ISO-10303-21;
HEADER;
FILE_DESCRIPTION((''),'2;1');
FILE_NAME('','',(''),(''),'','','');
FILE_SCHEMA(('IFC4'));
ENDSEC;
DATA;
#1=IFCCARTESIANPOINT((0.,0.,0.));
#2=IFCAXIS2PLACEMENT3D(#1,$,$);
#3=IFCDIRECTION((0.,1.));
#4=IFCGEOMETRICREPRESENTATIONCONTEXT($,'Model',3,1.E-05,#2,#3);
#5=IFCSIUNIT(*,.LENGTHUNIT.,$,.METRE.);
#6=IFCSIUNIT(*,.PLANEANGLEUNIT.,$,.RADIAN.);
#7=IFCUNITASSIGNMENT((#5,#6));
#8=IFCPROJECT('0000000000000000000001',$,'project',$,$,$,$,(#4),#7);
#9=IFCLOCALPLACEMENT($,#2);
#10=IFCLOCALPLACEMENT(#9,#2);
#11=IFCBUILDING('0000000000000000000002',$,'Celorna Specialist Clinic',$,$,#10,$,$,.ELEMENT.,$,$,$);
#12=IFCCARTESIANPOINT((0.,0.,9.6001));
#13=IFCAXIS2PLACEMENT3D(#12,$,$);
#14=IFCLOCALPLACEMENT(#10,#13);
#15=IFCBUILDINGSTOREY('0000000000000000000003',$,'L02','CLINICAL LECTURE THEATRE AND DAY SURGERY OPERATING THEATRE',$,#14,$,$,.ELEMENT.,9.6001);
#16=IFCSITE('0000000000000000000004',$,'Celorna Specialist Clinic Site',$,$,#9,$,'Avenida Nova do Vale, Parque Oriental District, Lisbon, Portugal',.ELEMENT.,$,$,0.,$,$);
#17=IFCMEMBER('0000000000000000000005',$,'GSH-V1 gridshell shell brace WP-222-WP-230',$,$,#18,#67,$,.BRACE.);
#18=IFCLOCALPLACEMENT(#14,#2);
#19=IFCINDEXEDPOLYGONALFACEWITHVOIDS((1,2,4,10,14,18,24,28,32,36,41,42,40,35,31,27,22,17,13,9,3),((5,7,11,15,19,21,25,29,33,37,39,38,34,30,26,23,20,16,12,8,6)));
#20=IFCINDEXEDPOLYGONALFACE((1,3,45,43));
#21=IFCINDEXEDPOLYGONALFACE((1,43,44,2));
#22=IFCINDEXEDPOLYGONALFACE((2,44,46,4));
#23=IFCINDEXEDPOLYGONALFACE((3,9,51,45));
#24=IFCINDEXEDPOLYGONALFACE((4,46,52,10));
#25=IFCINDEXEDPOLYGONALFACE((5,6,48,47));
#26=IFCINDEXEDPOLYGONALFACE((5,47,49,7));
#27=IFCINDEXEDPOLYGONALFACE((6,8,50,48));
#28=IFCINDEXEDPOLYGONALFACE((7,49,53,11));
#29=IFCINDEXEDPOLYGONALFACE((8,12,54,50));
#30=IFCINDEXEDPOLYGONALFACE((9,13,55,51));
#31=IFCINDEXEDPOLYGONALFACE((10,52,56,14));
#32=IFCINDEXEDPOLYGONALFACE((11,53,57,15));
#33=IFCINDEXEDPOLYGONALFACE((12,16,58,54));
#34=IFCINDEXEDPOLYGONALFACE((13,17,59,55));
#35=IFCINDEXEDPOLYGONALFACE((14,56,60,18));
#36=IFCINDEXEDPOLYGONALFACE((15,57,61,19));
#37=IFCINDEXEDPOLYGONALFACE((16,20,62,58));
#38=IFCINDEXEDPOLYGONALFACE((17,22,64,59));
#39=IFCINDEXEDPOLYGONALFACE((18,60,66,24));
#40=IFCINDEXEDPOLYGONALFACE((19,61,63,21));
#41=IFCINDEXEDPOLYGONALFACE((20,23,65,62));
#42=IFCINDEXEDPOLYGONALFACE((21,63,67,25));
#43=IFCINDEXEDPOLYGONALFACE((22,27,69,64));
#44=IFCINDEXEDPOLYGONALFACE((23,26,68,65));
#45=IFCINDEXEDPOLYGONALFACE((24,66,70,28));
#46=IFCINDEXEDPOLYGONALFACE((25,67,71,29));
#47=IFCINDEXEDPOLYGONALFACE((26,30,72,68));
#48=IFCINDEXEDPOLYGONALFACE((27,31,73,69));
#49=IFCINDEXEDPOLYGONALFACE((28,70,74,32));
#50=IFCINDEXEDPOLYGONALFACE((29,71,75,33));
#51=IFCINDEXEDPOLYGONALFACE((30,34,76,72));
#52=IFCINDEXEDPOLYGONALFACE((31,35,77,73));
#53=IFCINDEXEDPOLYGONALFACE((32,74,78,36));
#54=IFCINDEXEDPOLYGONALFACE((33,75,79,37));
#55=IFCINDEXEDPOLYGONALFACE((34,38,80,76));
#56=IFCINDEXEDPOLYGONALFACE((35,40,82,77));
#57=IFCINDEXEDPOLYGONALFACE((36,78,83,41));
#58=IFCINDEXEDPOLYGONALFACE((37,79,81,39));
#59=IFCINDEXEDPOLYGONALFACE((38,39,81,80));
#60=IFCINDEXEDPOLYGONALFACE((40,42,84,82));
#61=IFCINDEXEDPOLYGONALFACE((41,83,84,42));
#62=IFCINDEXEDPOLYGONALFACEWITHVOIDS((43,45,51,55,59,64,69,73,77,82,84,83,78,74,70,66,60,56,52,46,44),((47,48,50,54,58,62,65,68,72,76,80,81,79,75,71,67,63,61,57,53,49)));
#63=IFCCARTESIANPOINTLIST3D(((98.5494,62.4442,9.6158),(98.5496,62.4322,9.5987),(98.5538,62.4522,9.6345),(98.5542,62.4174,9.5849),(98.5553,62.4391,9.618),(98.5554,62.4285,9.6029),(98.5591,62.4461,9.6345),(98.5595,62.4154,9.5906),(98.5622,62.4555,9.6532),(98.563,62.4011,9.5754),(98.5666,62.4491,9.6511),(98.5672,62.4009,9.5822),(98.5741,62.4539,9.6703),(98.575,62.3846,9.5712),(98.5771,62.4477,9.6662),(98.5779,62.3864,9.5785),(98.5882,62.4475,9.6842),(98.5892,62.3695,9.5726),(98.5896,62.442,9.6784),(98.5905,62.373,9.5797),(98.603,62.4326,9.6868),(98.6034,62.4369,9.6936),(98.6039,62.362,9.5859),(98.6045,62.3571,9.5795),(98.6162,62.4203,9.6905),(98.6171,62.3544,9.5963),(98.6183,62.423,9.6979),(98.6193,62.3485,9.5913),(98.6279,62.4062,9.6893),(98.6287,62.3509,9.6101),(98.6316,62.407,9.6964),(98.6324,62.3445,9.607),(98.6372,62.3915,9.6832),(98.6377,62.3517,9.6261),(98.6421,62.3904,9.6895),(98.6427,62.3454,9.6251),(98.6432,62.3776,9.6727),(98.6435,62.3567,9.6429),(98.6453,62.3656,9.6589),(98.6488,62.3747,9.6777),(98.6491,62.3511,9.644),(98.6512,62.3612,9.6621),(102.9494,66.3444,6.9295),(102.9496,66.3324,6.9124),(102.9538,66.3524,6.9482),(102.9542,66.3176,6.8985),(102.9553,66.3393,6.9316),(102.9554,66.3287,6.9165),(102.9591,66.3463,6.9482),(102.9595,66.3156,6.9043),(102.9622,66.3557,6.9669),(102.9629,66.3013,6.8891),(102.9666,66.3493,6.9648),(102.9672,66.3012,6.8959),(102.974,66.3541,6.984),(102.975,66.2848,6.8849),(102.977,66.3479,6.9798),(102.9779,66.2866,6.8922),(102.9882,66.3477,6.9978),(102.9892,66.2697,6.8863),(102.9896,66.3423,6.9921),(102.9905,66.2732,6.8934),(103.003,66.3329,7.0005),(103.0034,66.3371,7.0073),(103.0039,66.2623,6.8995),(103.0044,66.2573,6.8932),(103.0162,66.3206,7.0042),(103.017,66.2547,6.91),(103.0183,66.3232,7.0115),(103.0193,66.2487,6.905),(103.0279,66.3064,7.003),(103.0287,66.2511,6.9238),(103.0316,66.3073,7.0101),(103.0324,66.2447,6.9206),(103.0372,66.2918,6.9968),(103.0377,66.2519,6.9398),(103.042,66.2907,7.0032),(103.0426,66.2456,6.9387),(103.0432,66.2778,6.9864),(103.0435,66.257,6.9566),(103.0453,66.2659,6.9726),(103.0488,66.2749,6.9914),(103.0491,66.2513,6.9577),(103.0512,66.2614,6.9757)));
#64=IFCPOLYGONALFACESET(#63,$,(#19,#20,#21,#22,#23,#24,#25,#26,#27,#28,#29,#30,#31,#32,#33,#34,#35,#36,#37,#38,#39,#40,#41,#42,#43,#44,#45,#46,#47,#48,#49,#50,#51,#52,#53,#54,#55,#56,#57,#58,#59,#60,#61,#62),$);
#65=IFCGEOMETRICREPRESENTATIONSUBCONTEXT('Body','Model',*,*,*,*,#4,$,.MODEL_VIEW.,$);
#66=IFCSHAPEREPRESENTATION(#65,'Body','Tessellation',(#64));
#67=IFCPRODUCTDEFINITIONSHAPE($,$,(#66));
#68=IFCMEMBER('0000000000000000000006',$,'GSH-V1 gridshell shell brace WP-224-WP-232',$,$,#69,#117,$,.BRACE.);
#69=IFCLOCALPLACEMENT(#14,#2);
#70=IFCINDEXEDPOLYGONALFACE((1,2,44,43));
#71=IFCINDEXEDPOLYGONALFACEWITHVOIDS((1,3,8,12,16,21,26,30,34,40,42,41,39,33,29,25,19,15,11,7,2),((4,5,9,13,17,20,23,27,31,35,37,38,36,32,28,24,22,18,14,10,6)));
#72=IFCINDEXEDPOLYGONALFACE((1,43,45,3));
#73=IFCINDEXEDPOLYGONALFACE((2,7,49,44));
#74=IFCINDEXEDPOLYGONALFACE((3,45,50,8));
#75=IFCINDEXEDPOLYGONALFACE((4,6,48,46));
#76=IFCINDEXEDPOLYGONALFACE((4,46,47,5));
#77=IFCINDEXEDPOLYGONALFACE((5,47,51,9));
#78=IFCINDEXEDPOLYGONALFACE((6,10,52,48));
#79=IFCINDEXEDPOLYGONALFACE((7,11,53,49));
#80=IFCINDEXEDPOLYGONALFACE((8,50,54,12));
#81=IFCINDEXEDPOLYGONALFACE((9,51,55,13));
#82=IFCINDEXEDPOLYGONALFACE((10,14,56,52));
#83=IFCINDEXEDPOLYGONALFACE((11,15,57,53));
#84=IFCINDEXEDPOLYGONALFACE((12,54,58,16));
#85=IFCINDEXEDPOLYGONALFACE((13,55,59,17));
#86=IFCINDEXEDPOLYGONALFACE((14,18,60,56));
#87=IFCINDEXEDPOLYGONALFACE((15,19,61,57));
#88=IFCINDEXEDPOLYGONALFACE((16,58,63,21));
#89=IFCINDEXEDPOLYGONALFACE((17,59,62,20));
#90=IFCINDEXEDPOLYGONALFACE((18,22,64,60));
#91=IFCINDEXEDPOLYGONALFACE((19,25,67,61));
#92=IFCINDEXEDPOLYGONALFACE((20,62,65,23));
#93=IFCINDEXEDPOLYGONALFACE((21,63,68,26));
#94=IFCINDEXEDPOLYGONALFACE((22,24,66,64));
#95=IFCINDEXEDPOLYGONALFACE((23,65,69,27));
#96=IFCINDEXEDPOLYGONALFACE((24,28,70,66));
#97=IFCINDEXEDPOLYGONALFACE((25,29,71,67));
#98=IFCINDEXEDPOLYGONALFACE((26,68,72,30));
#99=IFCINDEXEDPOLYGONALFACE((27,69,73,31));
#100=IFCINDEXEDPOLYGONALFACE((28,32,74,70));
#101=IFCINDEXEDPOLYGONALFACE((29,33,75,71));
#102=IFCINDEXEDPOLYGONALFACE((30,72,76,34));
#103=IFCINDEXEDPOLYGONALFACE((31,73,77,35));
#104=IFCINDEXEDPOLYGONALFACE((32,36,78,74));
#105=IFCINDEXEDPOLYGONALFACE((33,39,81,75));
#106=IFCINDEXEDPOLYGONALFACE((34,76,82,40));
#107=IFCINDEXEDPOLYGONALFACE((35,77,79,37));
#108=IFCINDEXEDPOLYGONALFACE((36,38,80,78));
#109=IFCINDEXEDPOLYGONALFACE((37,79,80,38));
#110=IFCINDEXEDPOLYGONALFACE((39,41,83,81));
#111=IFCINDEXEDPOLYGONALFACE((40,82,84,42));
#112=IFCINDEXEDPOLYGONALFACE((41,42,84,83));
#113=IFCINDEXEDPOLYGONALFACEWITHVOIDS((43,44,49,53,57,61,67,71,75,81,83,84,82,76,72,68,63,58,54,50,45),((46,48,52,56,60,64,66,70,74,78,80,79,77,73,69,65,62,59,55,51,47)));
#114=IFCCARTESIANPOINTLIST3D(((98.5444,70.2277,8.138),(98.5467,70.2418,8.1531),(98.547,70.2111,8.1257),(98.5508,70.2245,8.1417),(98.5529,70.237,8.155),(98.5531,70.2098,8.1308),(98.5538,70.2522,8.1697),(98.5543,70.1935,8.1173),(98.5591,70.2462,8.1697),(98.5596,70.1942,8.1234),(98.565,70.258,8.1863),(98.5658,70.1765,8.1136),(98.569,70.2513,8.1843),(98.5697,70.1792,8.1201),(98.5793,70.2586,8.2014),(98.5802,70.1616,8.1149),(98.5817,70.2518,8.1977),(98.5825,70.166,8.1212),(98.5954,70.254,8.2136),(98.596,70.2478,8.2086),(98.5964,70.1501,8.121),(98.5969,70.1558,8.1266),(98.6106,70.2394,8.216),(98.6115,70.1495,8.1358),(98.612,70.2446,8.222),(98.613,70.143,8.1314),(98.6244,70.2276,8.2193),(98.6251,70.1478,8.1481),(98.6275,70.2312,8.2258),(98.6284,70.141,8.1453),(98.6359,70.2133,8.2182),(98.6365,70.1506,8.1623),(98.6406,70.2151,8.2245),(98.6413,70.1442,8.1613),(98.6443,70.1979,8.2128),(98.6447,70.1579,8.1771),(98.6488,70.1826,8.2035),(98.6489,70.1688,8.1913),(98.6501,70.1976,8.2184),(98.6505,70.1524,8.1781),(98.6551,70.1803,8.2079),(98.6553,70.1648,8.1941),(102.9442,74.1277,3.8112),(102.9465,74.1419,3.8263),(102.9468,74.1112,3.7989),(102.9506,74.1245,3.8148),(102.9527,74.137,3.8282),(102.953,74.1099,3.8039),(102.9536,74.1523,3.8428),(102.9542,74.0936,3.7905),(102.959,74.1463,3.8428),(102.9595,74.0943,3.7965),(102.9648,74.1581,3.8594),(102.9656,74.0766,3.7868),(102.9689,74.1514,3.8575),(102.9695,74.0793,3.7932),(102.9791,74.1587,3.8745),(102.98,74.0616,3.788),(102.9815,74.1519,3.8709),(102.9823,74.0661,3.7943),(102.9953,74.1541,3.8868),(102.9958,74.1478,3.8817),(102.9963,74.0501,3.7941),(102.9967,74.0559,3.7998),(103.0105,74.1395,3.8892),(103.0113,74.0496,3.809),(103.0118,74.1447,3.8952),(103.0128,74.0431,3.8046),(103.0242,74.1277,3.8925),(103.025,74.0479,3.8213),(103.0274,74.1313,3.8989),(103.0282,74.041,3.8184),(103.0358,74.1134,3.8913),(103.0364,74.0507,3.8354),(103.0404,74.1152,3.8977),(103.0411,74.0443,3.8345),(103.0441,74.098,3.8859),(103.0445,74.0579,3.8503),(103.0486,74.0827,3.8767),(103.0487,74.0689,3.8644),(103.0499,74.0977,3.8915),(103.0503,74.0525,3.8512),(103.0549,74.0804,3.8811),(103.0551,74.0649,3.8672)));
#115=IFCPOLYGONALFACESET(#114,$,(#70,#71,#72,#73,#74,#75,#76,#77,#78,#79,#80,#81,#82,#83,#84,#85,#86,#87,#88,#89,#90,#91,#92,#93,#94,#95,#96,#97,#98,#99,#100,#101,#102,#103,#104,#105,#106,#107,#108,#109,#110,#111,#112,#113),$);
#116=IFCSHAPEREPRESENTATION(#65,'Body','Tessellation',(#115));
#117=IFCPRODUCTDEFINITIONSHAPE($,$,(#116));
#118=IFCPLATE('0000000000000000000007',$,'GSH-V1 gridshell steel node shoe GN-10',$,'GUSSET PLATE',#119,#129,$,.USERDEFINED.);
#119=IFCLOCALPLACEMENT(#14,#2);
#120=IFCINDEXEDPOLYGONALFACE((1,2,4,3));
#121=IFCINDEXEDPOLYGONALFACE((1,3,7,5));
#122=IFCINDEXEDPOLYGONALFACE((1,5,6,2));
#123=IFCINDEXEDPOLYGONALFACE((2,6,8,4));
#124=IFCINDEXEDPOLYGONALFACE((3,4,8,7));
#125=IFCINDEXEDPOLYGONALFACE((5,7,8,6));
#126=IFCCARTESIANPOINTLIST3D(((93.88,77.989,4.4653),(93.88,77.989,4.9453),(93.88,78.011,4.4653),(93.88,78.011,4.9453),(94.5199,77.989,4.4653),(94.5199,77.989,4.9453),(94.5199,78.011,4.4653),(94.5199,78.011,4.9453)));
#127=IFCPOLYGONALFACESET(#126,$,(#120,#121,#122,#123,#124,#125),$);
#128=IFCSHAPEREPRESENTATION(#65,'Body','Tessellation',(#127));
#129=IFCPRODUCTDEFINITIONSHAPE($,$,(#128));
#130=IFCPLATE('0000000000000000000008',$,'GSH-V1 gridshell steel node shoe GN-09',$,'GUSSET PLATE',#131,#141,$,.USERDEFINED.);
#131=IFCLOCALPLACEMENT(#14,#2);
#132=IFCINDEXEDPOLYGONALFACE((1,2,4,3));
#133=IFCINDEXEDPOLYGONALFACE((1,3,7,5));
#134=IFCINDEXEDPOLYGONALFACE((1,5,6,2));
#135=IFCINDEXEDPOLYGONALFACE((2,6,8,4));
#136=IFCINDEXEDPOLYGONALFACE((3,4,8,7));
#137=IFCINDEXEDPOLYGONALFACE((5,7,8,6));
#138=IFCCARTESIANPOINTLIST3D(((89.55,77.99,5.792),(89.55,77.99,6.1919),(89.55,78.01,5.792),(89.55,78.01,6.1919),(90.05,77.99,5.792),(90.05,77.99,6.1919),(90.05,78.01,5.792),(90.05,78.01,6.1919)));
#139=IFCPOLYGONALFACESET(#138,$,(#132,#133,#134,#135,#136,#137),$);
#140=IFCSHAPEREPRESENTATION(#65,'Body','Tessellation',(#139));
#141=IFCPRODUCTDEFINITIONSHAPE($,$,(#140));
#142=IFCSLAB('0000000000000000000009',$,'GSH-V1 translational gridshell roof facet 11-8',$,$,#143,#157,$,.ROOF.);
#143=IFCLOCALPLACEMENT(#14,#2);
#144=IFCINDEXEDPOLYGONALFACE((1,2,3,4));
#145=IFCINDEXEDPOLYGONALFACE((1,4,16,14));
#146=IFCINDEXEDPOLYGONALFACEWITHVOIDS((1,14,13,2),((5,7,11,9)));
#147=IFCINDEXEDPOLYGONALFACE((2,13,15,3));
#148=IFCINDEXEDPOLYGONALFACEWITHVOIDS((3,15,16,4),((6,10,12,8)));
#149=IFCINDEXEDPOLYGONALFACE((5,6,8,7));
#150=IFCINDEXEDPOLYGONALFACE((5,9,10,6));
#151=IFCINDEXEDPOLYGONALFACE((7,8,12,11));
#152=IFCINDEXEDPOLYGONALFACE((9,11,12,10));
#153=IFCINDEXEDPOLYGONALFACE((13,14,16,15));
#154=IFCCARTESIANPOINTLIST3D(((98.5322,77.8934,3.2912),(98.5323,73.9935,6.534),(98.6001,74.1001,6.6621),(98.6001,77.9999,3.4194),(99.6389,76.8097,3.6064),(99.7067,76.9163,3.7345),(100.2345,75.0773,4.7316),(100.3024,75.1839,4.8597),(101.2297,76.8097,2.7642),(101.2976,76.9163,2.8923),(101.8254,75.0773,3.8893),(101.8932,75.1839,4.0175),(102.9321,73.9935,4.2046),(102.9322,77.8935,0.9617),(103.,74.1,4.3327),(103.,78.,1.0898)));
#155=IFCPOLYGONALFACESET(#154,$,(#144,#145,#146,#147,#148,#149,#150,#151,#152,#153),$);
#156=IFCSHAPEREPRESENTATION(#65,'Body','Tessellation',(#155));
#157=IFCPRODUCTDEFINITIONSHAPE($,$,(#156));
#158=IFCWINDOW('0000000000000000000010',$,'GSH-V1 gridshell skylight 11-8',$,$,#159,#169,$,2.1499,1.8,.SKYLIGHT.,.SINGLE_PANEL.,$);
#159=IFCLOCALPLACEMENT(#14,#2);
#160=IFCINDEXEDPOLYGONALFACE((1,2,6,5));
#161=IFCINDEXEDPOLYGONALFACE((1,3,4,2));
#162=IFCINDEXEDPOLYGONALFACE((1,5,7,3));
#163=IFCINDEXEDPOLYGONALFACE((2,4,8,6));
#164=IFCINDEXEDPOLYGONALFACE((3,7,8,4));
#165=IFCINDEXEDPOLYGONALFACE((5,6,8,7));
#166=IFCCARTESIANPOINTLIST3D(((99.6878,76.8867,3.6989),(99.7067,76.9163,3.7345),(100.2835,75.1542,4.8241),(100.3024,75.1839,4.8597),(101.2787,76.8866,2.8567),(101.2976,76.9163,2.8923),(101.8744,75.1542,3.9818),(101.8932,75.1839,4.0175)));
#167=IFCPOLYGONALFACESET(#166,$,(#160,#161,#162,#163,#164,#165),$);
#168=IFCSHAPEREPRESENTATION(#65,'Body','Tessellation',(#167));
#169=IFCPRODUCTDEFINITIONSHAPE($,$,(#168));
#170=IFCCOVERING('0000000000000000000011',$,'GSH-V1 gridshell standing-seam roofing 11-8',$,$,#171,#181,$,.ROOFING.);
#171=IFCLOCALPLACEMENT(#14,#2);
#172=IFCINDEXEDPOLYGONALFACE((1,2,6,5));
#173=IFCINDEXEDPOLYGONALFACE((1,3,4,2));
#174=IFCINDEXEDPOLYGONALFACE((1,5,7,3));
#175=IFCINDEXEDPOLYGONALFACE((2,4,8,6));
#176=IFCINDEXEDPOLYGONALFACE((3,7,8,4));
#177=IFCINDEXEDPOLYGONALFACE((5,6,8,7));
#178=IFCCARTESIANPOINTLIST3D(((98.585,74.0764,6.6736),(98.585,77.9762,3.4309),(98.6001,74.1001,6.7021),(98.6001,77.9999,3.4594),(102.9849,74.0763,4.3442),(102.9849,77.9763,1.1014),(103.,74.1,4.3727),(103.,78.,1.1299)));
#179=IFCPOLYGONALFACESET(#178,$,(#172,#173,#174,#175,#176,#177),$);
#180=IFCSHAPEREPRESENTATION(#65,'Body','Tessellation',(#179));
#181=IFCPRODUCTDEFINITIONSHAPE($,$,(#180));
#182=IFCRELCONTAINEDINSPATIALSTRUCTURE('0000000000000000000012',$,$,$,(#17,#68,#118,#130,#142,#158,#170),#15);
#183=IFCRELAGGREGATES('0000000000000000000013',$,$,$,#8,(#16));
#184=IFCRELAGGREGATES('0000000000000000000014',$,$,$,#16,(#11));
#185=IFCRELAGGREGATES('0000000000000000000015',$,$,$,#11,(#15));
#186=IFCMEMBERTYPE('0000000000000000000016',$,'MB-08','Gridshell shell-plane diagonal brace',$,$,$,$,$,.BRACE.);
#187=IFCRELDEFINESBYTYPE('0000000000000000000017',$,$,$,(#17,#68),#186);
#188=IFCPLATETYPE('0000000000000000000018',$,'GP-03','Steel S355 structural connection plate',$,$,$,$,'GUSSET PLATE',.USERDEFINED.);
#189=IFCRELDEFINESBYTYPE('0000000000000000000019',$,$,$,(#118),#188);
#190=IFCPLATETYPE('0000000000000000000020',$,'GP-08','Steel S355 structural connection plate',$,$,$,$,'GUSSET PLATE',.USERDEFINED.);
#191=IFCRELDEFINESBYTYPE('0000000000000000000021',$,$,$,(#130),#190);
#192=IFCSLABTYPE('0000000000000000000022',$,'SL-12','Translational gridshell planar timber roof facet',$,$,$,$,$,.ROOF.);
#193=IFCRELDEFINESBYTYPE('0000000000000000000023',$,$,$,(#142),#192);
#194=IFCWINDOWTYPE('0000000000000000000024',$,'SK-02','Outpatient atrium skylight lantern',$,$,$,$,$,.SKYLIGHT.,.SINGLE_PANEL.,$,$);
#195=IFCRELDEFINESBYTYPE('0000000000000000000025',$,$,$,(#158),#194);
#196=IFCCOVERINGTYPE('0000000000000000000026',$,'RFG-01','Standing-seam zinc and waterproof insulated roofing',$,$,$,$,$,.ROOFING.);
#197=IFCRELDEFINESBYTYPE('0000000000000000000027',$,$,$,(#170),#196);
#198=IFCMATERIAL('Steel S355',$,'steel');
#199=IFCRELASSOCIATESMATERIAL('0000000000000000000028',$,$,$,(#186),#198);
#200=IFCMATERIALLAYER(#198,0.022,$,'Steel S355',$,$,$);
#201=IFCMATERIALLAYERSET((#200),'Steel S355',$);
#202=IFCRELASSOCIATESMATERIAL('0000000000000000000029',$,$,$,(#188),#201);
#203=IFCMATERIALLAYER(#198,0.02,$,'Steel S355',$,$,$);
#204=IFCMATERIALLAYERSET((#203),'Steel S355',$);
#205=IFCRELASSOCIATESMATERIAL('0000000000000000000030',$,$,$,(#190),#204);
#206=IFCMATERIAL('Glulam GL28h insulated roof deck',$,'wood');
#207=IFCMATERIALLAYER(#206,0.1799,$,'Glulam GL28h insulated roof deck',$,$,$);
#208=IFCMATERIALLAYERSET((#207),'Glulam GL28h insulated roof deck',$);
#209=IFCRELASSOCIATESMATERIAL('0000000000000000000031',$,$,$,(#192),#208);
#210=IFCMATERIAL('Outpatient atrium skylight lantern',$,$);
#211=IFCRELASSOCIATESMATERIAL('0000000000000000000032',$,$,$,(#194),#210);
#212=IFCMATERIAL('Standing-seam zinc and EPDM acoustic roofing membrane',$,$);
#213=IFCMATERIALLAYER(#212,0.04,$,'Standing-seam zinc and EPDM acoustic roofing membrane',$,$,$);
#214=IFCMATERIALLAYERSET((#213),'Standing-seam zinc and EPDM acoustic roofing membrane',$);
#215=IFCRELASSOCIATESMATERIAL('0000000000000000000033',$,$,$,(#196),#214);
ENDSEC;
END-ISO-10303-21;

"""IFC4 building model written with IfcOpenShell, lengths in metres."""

from ifc_helpers import new_model, si_unit, direction, frame, origin, origin_2d, place, context, subcontext, project, spatial, polyline, rectangle, hollow_circle, outline, extrude, material, layer, layer_set, material_profile, profile_set, type_object, element, fill, save


model = new_model("IFC4")

# Units and contexts
model_context = context("Model", 3, precision=1e-05, world=origin(), true_north=direction((0.0, 1.0)))
body_context = subcontext(model_context, "Body", "Model", "MODEL_VIEW")
ifc_project = project(units=[si_unit("LENGTHUNIT", "METRE"), si_unit("PLANEANGLEUNIT", "RADIAN")], contexts=[model_context])

# Site, building, storey
site_placement = place(None, origin())
site = spatial("IfcSite", under=ifc_project, at=site_placement, Name="Celorna Specialist Clinic Site", LongName="Avenida Nova do Vale, Parque Oriental District, Lisbon, Portugal", CompositionType="ELEMENT", RefElevation=0.0)
building_placement = place(site_placement, origin())
building = spatial("IfcBuilding", under=site, at=building_placement, Name="Celorna Specialist Clinic", CompositionType="ELEMENT")
storey_placement = place(building_placement, frame((0.0, 0.0, 9.6001)))
storey = spatial("IfcBuildingStorey", under=building, at=storey_placement, Name="L02", Description="CLINICAL LECTURE THEATRE AND DAY SURGERY OPERATING THEATRE", CompositionType="ELEMENT", Elevation=9.6001)

# Shared definitions
ifc_material_1 = material(Name="Steel S355", Category="steel")

# Members
ifc_material_profile_1 = material_profile(ifc_material_1, hollow_circle(Radius=0.0698, WallThickness=0.0081, at=origin_2d()), Name="CHS 139.7x8")
ifc_profile_set_1 = profile_set([ifc_material_profile_1], Name="Steel S355")
member_type_1 = type_object("IfcMemberType", Name="MB-08", Description="Gridshell shell-plane diagonal brace", PredefinedType="BRACE", material=ifc_profile_set_1)
member_1_placement = place(storey_placement, frame((98.6001, 62.3999, 9.6345), z_axis=(0.680653, 0.603342, -0.41556), x_axis=(-0.66333, 0.748327, 0.0)))
element("IfcMember", 1, at=member_1_placement, inside=storey, type_object=member_type_1, Name="GSH-V1 gridshell shell brace WP-222-WP-230", PredefinedType="BRACE", context=body_context, shape_type="SweptSolid", body=[
    extrude(hollow_circle(Radius=0.0698, WallThickness=0.0081, at=origin_2d()), origin(), (0.0, 0.0, 1.0), 6.4644),
])
member_2_placement = place(storey_placement, frame((98.6001, 70.2, 8.1697), z_axis=(0.602713, 0.534255, -0.592713), x_axis=(-0.66333, 0.748327, 0.0)))
element("IfcMember", 2, at=member_2_placement, inside=storey, type_object=member_type_1, Name="GSH-V1 gridshell shell brace WP-224-WP-232", PredefinedType="BRACE", context=body_context, shape_type="SweptSolid", body=[
    extrude(hollow_circle(Radius=0.0698, WallThickness=0.0081, at=origin_2d()), origin(), (0.0, 0.0, 1.0), 7.3),
])

# Plates
ifc_layer_1 = layer(ifc_material_1, 0.022, Name="Steel S355")
ifc_layer_set_1 = layer_set([ifc_layer_1], Name="Steel S355")
plate_type_1 = type_object("IfcPlateType", Name="GP-03", Description="Steel S355 structural connection plate", ElementType="GUSSET PLATE", PredefinedType="USERDEFINED", material=ifc_layer_set_1)
plate_1_placement = place(storey_placement, frame((94.2, 78.0, 4.4653), z_axis=(0.0, 0.0, 1.0), x_axis=(1.0, 0.0, 0.0)))
element("IfcPlate", 3, at=plate_1_placement, inside=storey, type_object=plate_type_1, Name="GSH-V1 gridshell steel node shoe GN-10", ObjectType="GUSSET PLATE", PredefinedType="USERDEFINED", context=body_context, shape_type="SweptSolid", body=[
    extrude(rectangle(XDim=0.6399, YDim=0.022, at=origin_2d()), origin(), (0.0, 0.0, 1.0), 0.48),
])
ifc_layer_2 = layer(ifc_material_1, 0.02, Name="Steel S355")
ifc_layer_set_2 = layer_set([ifc_layer_2], Name="Steel S355")
plate_type_2 = type_object("IfcPlateType", Name="GP-08", Description="Steel S355 structural connection plate", ElementType="GUSSET PLATE", PredefinedType="USERDEFINED", material=ifc_layer_set_2)
plate_2_placement = place(storey_placement, frame((89.8, 78.0, 5.792), z_axis=(0.0, 0.0, 1.0), x_axis=(1.0, 0.0, 0.0)))
element("IfcPlate", 4, at=plate_2_placement, inside=storey, type_object=plate_type_2, Name="GSH-V1 gridshell steel node shoe GN-09", ObjectType="GUSSET PLATE", PredefinedType="USERDEFINED", context=body_context, shape_type="SweptSolid", body=[
    extrude(rectangle(XDim=0.5, YDim=0.02, at=origin_2d()), origin(), (0.0, 0.0, 1.0), 0.3999),
])

# Slab, opening, window
ifc_material_2 = material(Name="Glulam GL28h insulated roof deck", Category="wood")
ifc_layer_3 = layer(ifc_material_2, 0.1799, Name="Glulam GL28h insulated roof deck")
ifc_layer_set_3 = layer_set([ifc_layer_3], Name="Glulam GL28h insulated roof deck")
slab_type = type_object("IfcSlabType", Name="SL-12", Description="Translational gridshell planar timber roof facet", PredefinedType="ROOF", material=ifc_layer_set_3)
slab_placement = place(storey_placement, frame((98.6001, 74.1001, 6.6621), z_axis=(0.377044, 0.592168, 0.712162), x_axis=(0.883783, -0.00001, -0.467898)))
slab = element("IfcSlab", 5, at=slab_placement, inside=storey, type_object=slab_type, Name="GSH-V1 translational gridshell roof facet 11-8", PredefinedType="ROOF", context=body_context, shape_type="SweptSolid", body=[
    extrude(outline(polyline([(0.0, 0.0), (4.9785, 0.0), (6.4958, 4.8398), (1.5172, 4.8397), (0.0, 0.0)])), origin(), (0.0, 0.0, -1.0), 0.1799),
])
opening_placement = place(slab_placement, frame((3.2478, 2.4199, 0.01)))
opening = element("IfcOpeningElement", 6, at=opening_placement, cuts=slab, PredefinedType="OPENING", context=body_context, shape_type="SweptSolid", body=[
    extrude(rectangle(XDim=1.8, YDim=2.1499, at=origin_2d()), origin(), (0.0, 0.0, -1.0), 0.2),
])
ifc_material_3 = material(Name="Outpatient atrium skylight lantern")
window_type = type_object("IfcWindowType", Name="SK-02", Description="Outpatient atrium skylight lantern", PartitioningType="SINGLE_PANEL", PredefinedType="SKYLIGHT", material=ifc_material_3)
window_placement = place(opening_placement, frame((0.0, 0.0, -0.01)))
window = element("IfcWindow", 7, at=window_placement, inside=storey, type_object=window_type, Name="GSH-V1 gridshell skylight 11-8", OverallHeight=2.1499, OverallWidth=1.8, PartitioningType="SINGLE_PANEL", PredefinedType="SKYLIGHT", context=body_context, shape_type="SweptSolid", body=[
    extrude(rectangle(XDim=1.8, YDim=2.1499, at=origin_2d()), origin(), (0.0, 0.0, -1.0), 0.05),
])
fill(opening, window)

# Covering
ifc_material_4 = material(Name="Standing-seam zinc and EPDM acoustic roofing membrane")
ifc_layer_4 = layer(ifc_material_4, 0.04, Name="Standing-seam zinc and EPDM acoustic roofing membrane")
ifc_layer_set_4 = layer_set([ifc_layer_4], Name="Standing-seam zinc and EPDM acoustic roofing membrane")
covering_type = type_object("IfcCoveringType", Name="RFG-01", Description="Standing-seam zinc and waterproof insulated roofing", PredefinedType="ROOFING", material=ifc_layer_set_4)
covering_placement = place(storey_placement, frame((98.6001, 74.1001, 6.7021), z_axis=(0.377044, 0.592168, 0.712162), x_axis=(0.883783, -0.00001, -0.467898)))
element("IfcCovering", 8, at=covering_placement, inside=storey, type_object=covering_type, Name="GSH-V1 gridshell standing-seam roofing 11-8", PredefinedType="ROOFING", context=body_context, shape_type="SweptSolid", body=[
    extrude(outline(polyline([(0.0, 0.0), (4.9785, 0.0), (6.4958, 4.8398), (1.5172, 4.8397), (0.0, 0.0)])), origin(), (0.0, 0.0, -1.0), 0.04),
])

save(model, "model.ifc")
